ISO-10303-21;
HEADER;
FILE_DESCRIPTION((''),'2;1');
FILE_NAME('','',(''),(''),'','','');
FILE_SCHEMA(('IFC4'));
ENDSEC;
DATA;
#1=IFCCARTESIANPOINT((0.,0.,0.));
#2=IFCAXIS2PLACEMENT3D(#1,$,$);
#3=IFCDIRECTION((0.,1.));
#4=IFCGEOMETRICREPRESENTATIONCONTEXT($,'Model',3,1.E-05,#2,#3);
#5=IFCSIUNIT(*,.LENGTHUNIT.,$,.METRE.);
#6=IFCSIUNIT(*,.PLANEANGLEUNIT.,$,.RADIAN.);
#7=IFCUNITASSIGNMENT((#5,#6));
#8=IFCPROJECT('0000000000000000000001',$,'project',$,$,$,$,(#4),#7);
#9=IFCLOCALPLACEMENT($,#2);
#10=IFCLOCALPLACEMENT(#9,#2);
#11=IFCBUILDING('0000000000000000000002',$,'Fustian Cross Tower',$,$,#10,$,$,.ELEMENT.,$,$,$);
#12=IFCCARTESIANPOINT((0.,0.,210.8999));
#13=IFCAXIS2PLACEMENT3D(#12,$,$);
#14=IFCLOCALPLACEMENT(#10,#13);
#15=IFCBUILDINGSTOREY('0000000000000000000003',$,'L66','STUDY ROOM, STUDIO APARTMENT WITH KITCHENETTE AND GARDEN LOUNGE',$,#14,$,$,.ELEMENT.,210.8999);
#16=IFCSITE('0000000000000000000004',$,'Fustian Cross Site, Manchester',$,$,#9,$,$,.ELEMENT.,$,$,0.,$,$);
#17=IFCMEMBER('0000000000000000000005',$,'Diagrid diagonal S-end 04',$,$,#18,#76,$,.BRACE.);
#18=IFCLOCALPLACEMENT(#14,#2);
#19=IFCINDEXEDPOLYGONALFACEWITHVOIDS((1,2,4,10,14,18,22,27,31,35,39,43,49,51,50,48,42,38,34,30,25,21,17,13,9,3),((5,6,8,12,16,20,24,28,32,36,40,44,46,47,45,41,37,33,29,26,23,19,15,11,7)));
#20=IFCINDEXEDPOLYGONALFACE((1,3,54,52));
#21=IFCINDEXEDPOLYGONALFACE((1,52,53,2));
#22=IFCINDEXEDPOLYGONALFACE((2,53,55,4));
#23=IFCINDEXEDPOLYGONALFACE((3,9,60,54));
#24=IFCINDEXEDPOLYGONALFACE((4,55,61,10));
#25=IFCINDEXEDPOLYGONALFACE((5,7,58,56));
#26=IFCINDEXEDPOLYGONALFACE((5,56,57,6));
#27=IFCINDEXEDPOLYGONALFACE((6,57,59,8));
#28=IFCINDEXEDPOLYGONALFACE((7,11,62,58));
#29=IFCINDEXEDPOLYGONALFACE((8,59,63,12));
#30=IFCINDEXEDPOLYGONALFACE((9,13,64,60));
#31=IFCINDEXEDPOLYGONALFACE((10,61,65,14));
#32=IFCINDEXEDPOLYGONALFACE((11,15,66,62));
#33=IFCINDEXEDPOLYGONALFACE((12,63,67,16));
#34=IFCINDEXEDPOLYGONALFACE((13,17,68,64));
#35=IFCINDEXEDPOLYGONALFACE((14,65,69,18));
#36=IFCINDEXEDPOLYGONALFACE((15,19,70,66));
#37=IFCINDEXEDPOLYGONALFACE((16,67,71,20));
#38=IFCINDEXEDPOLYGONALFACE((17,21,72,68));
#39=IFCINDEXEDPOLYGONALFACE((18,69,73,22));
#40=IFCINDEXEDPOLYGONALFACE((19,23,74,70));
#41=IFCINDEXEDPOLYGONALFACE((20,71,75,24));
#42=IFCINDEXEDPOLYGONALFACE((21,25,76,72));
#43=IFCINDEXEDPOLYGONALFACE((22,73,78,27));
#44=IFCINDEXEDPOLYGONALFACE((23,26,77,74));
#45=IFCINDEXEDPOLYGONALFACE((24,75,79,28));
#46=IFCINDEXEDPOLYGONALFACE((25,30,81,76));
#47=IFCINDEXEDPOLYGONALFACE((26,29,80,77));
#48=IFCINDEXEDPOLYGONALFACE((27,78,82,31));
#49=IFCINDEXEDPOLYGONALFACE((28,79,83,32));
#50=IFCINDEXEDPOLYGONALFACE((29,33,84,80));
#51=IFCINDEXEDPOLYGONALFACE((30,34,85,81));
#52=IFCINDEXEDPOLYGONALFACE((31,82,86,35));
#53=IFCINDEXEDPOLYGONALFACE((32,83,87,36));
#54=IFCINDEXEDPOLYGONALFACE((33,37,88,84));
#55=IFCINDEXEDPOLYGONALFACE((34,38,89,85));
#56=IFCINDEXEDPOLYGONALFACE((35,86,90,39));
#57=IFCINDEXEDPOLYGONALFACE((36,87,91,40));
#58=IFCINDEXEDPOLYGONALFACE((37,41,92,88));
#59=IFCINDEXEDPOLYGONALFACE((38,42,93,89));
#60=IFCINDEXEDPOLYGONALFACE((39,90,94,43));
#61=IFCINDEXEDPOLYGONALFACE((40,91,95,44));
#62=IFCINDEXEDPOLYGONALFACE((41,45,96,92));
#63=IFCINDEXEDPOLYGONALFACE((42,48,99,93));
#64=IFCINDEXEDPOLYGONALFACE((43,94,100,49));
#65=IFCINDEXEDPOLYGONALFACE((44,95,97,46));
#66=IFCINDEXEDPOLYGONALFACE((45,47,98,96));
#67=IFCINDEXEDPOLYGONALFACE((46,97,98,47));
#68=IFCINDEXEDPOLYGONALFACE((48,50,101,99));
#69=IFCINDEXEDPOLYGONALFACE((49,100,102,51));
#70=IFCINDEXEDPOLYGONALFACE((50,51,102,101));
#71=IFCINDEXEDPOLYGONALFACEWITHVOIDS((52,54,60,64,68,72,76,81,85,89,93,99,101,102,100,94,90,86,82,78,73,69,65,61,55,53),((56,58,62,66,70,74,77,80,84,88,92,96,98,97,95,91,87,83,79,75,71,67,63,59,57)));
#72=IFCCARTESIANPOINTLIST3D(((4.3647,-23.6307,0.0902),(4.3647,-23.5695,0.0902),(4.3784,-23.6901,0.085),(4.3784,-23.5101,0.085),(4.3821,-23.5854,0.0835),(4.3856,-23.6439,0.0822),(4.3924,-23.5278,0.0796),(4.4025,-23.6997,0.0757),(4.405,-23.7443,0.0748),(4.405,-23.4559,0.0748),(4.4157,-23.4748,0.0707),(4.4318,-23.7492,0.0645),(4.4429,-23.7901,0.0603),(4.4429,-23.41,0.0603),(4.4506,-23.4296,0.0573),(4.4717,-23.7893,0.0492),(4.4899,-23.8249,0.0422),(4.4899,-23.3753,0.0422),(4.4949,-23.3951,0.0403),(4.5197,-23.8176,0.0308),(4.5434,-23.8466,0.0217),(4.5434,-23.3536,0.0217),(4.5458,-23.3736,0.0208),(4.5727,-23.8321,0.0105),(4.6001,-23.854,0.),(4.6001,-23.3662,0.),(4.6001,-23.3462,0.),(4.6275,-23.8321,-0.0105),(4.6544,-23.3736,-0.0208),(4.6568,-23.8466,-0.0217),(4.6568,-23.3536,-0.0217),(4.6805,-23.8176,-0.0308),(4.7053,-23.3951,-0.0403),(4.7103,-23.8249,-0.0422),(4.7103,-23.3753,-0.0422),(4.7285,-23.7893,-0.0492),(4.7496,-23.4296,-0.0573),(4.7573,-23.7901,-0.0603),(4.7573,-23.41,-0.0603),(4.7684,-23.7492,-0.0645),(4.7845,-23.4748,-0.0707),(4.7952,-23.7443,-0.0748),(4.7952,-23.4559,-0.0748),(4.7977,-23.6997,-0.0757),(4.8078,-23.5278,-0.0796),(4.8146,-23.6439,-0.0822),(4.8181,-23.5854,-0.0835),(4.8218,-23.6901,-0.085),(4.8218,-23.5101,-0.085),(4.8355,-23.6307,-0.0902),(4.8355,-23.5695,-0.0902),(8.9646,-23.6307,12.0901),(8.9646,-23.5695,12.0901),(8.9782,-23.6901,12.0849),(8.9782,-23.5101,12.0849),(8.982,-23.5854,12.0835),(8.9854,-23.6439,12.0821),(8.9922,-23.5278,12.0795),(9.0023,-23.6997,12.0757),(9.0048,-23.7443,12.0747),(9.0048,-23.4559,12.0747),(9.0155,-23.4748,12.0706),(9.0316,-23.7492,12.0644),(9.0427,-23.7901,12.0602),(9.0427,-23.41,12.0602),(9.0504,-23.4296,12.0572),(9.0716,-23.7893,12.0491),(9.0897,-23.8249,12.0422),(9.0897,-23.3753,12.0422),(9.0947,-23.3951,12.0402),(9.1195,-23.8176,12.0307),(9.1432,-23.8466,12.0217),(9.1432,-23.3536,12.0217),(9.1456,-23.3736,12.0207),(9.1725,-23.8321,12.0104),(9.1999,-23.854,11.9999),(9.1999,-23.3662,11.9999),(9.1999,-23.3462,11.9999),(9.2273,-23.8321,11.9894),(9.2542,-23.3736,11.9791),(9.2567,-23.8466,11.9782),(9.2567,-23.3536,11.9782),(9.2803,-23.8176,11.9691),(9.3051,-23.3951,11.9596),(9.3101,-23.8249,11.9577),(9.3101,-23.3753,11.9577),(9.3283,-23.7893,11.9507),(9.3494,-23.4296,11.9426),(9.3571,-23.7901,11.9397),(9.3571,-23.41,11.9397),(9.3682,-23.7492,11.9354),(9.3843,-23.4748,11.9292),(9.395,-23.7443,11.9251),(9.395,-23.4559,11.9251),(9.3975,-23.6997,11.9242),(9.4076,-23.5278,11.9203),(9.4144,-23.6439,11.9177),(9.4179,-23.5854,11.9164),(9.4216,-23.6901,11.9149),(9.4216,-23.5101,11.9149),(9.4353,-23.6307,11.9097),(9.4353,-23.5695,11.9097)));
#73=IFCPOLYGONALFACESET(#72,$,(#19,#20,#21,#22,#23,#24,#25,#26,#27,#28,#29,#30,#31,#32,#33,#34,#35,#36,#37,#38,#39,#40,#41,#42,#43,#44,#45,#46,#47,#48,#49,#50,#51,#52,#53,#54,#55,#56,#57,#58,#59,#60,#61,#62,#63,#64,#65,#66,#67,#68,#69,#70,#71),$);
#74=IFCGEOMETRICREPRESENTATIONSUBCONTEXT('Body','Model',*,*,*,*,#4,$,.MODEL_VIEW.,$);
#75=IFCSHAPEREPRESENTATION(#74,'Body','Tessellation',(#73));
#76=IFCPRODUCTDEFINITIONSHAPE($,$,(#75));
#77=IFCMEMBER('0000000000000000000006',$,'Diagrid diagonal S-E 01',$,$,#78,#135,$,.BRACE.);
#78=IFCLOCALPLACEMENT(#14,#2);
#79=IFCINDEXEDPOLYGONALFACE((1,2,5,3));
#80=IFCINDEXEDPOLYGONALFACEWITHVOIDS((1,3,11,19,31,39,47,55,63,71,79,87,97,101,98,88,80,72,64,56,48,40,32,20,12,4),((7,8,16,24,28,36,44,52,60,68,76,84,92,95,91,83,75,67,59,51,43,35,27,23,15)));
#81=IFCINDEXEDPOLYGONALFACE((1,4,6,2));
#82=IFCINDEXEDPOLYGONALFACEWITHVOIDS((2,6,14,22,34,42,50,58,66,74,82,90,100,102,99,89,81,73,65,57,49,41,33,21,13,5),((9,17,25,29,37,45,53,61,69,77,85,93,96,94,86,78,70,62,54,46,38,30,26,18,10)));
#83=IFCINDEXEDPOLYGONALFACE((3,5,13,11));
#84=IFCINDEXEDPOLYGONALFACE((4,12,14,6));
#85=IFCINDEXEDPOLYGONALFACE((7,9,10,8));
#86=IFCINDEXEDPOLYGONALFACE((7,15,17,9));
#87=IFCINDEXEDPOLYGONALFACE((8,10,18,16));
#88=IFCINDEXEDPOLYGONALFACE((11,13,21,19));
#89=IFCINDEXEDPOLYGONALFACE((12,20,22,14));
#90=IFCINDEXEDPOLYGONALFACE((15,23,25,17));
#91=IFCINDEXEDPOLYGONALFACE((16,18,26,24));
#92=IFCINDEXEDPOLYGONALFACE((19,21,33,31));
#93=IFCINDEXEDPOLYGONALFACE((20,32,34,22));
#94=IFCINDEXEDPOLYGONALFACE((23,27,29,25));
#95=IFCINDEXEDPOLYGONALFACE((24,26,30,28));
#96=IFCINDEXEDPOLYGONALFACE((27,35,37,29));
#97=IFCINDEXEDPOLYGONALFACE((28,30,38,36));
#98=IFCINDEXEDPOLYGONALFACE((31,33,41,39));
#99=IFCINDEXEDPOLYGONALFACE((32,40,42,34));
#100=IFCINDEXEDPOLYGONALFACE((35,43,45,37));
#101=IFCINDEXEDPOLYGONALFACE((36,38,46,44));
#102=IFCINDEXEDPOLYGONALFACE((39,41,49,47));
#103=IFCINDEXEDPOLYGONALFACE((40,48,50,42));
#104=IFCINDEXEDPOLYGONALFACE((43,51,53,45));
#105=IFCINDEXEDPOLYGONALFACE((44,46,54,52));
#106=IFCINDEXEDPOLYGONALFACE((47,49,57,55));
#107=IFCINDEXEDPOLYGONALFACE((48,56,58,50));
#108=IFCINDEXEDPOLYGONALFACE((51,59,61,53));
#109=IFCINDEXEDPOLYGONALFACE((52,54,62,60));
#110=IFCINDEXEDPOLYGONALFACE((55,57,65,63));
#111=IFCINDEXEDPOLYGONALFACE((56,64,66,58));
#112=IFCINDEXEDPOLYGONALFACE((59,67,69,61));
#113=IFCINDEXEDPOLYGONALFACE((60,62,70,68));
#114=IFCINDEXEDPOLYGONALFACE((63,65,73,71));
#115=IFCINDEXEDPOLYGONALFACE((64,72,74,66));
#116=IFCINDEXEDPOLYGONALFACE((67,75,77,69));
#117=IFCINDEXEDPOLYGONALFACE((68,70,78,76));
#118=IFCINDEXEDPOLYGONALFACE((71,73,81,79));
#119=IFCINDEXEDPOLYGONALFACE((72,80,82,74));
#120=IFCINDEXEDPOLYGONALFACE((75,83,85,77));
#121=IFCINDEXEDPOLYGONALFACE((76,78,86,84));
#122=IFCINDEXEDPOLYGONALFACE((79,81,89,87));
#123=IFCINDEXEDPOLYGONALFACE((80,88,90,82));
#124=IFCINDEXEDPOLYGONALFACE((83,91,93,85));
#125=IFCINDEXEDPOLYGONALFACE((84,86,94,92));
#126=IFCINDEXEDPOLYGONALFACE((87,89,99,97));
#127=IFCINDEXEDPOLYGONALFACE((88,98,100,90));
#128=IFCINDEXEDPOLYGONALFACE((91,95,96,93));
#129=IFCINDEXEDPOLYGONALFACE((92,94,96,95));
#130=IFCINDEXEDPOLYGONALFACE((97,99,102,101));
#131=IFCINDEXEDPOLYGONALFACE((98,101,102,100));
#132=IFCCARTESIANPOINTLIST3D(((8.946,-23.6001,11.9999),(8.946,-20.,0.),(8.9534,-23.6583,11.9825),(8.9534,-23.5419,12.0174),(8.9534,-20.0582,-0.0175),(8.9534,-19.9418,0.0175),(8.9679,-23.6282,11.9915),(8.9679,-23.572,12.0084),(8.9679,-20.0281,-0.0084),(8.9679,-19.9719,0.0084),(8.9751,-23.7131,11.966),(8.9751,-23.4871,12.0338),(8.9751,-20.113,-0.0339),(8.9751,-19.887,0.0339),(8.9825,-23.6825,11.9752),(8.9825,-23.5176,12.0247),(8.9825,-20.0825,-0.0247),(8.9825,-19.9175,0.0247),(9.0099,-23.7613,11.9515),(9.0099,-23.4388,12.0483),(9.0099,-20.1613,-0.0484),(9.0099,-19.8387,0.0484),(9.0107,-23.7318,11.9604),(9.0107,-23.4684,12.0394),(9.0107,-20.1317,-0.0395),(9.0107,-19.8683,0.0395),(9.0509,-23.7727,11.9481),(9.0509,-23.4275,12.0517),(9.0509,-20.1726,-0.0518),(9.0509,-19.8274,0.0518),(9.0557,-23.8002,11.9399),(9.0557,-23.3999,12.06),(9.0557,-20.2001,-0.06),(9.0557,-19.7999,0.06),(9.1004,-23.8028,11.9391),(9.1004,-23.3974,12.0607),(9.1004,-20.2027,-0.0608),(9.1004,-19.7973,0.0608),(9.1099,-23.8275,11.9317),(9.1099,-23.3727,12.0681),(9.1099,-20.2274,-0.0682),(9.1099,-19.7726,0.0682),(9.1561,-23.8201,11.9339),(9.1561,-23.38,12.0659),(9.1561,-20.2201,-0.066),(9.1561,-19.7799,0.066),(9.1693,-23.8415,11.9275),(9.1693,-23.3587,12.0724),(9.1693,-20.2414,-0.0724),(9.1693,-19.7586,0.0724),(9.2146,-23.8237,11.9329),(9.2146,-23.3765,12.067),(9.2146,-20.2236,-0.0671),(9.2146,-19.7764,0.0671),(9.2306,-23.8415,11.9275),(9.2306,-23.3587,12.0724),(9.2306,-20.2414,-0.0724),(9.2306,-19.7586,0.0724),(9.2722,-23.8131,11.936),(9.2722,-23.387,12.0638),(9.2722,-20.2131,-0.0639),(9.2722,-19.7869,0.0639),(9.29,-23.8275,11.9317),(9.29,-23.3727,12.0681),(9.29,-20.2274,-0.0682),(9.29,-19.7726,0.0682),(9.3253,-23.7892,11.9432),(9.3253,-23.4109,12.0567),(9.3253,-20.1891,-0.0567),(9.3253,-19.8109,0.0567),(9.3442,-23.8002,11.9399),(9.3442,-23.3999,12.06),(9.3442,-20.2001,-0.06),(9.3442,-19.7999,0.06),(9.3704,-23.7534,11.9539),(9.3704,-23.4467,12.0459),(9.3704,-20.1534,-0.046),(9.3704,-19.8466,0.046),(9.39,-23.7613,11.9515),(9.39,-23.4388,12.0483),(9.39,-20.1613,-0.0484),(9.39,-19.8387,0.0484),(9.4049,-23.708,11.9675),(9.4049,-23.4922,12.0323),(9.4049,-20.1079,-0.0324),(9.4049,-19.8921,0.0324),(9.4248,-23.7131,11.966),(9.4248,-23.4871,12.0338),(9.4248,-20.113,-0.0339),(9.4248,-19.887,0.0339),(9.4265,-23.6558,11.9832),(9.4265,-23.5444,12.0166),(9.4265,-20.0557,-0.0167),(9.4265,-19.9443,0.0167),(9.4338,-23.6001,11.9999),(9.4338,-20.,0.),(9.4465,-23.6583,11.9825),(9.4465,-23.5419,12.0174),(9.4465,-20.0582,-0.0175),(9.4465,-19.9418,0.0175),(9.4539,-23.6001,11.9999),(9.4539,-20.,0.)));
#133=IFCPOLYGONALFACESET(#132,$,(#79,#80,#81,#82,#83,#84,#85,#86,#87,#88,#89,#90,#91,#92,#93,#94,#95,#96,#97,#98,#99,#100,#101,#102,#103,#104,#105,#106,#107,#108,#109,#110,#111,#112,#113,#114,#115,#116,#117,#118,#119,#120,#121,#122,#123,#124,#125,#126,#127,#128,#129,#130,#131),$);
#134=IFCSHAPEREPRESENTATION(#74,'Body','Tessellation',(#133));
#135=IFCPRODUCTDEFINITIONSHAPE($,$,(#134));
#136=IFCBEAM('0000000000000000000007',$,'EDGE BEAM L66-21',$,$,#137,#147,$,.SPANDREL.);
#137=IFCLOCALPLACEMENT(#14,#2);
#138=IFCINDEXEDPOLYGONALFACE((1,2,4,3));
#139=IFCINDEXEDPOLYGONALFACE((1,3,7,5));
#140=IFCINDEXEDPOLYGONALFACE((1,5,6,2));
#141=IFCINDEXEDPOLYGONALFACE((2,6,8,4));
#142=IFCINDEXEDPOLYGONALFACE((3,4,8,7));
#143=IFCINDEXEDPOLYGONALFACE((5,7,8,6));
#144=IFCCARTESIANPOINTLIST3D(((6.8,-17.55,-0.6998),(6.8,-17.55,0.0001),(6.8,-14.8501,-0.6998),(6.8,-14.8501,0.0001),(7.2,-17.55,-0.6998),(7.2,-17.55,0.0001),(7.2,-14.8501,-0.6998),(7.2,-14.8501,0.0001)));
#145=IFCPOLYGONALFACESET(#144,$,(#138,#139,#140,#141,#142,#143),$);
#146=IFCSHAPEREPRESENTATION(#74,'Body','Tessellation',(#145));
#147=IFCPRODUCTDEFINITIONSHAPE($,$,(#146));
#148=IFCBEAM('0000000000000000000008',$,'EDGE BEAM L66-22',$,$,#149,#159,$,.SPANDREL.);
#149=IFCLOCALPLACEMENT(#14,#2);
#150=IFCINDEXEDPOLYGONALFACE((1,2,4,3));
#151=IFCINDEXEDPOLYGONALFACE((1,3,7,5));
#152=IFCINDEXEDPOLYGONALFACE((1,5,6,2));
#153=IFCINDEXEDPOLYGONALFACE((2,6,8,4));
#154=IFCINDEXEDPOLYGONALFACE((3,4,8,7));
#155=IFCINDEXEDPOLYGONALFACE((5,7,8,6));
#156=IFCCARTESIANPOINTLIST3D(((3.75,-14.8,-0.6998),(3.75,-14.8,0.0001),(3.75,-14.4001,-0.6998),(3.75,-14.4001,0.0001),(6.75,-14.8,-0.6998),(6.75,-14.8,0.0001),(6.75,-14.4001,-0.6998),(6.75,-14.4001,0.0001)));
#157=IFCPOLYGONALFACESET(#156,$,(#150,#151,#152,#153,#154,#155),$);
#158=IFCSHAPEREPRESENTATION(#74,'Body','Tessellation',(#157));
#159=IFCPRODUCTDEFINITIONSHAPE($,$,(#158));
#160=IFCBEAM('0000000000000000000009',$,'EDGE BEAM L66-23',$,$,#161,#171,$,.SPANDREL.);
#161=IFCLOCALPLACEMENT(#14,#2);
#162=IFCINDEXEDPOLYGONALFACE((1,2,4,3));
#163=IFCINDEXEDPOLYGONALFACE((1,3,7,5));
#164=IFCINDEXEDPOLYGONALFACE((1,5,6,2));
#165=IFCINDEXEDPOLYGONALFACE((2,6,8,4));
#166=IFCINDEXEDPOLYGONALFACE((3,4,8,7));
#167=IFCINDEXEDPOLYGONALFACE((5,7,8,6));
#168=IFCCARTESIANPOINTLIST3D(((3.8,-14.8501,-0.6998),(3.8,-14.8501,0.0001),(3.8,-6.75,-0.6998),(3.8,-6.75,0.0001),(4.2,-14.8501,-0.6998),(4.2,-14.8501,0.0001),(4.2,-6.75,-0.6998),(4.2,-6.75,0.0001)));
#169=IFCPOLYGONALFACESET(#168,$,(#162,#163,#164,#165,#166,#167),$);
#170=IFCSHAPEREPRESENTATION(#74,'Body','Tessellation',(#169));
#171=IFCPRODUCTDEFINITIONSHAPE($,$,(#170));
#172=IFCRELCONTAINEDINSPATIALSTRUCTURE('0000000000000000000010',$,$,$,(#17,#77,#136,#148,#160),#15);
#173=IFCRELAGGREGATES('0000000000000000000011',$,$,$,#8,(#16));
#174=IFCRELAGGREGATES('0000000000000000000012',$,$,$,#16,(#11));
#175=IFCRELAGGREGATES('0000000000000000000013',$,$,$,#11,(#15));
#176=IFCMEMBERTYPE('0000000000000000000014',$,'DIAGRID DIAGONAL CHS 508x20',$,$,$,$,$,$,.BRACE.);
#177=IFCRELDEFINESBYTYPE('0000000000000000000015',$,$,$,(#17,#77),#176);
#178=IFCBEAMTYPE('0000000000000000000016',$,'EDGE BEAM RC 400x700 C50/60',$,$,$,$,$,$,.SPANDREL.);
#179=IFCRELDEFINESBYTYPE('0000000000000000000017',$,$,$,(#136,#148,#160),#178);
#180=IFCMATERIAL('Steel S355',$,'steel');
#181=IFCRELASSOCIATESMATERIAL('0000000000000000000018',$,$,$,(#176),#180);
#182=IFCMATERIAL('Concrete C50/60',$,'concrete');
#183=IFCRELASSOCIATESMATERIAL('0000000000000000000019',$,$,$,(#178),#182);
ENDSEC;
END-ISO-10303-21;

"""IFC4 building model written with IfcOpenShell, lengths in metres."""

from ifc_helpers import new_model, si_unit, direction, frame, origin, origin_2d, place, context, subcontext, project, spatial, rectangle, hollow_circle, extrude, material, material_profile, profile_set, type_object, element, save


model = new_model("IFC4")

# Units and contexts
model_context = context("Model", 3, precision=1e-05, world=origin(), true_north=direction((0.0, 1.0)))
body_context = subcontext(model_context, "Body", "Model", "MODEL_VIEW")
ifc_project = project(units=[si_unit("LENGTHUNIT", "METRE"), si_unit("PLANEANGLEUNIT", "RADIAN")], contexts=[model_context])

# Site, building, storey
site_placement = place(None, origin())
site = spatial("IfcSite", under=ifc_project, at=site_placement, Name="Fustian Cross Site, Manchester", CompositionType="ELEMENT", RefElevation=0.0)
building_placement = place(site_placement, origin())
building = spatial("IfcBuilding", under=site, at=building_placement, Name="Fustian Cross Tower", CompositionType="ELEMENT")
storey_placement = place(building_placement, frame((0.0, 0.0, 210.8999)))
storey = spatial("IfcBuildingStorey", under=building, at=storey_placement, Name="L66", Description="STUDY ROOM, STUDIO APARTMENT WITH KITCHENETTE AND GARDEN LOUNGE", CompositionType="ELEMENT", Elevation=210.8999)

# Members
ifc_material_1 = material(Name="Steel S355", Category="steel")
ifc_material_profile_1 = material_profile(ifc_material_1, hollow_circle(Radius=0.2539, WallThickness=0.02, at=origin_2d()), Name="CHS 508x20")
ifc_profile_set_1 = profile_set([ifc_material_profile_1], Name="Steel S355")
member_type_1 = type_object("IfcMemberType", Name="DIAGRID DIAGONAL CHS 508x20", PredefinedType="BRACE", material=ifc_profile_set_1)
member_1_placement = place(storey_placement, frame((4.6001, -23.6001, 0.0), z_axis=(0.357926, 0.0, 0.93375), x_axis=(0.0, 1.0, 0.0)))
element("IfcMember", 1, at=member_1_placement, inside=storey, type_object=member_type_1, Name="Diagrid diagonal S-end 04", PredefinedType="BRACE", context=body_context, shape_type="SweptSolid", body=[
    extrude(hollow_circle(Radius=0.2539, WallThickness=0.02, at=origin_2d()), origin(), (0.0, 0.0, 1.0), 12.8513),
])
member_2_placement = place(storey_placement, frame((9.2, -20.0, 0.0), z_axis=(0.0, -0.287355, 0.957824), x_axis=(1.0, 0.0, 0.0)))
element("IfcMember", 2, at=member_2_placement, inside=storey, type_object=member_type_1, Name="Diagrid diagonal S-E 01", PredefinedType="BRACE", context=body_context, shape_type="SweptSolid", body=[
    extrude(hollow_circle(Radius=0.2539, WallThickness=0.02, at=origin_2d()), origin(), (0.0, 0.0, 1.0), 12.5283),
])

# Beams
ifc_material_2 = material(Name="Concrete C50/60", Category="concrete")
ifc_material_profile_2 = material_profile(ifc_material_2, rectangle(XDim=0.3999, YDim=0.7, at=origin_2d()), Name="RC 400x700")
ifc_profile_set_2 = profile_set([ifc_material_profile_2], Name="Concrete C50/60")
beam_type = type_object("IfcBeamType", Name="EDGE BEAM RC 400x700 C50/60", PredefinedType="SPANDREL", material=ifc_profile_set_2)
beam_1_placement = place(storey_placement, frame((7.0, -17.55, -0.3499), z_axis=(0.0, 1.0, 0.0), x_axis=(-1.0, 0.0, 0.0)))
element("IfcBeam", 3, at=beam_1_placement, inside=storey, type_object=beam_type, Name="EDGE BEAM L66-21", PredefinedType="SPANDREL", context=body_context, shape_type="SweptSolid", body=[
    extrude(rectangle(XDim=0.3999, YDim=0.7, at=origin_2d()), origin(), (0.0, 0.0, 1.0), 2.7),
])
beam_2_placement = place(storey_placement, frame((6.75, -14.6001, -0.3499), z_axis=(-1.0, 0.0, 0.0), x_axis=(0.0, -1.0, 0.0)))
element("IfcBeam", 4, at=beam_2_placement, inside=storey, type_object=beam_type, Name="EDGE BEAM L66-22", PredefinedType="SPANDREL", context=body_context, shape_type="SweptSolid", body=[
    extrude(rectangle(XDim=0.3999, YDim=0.7, at=origin_2d()), origin(), (0.0, 0.0, 1.0), 3.0),
])
beam_3_placement = place(storey_placement, frame((4.0, -14.8501, -0.3499), z_axis=(0.0, 1.0, 0.0), x_axis=(-1.0, 0.0, 0.0)))
element("IfcBeam", 5, at=beam_3_placement, inside=storey, type_object=beam_type, Name="EDGE BEAM L66-23", PredefinedType="SPANDREL", context=body_context, shape_type="SweptSolid", body=[
    extrude(rectangle(XDim=0.3999, YDim=0.7, at=origin_2d()), origin(), (0.0, 0.0, 1.0), 8.1001),
])

save(model, "model.ifc")
